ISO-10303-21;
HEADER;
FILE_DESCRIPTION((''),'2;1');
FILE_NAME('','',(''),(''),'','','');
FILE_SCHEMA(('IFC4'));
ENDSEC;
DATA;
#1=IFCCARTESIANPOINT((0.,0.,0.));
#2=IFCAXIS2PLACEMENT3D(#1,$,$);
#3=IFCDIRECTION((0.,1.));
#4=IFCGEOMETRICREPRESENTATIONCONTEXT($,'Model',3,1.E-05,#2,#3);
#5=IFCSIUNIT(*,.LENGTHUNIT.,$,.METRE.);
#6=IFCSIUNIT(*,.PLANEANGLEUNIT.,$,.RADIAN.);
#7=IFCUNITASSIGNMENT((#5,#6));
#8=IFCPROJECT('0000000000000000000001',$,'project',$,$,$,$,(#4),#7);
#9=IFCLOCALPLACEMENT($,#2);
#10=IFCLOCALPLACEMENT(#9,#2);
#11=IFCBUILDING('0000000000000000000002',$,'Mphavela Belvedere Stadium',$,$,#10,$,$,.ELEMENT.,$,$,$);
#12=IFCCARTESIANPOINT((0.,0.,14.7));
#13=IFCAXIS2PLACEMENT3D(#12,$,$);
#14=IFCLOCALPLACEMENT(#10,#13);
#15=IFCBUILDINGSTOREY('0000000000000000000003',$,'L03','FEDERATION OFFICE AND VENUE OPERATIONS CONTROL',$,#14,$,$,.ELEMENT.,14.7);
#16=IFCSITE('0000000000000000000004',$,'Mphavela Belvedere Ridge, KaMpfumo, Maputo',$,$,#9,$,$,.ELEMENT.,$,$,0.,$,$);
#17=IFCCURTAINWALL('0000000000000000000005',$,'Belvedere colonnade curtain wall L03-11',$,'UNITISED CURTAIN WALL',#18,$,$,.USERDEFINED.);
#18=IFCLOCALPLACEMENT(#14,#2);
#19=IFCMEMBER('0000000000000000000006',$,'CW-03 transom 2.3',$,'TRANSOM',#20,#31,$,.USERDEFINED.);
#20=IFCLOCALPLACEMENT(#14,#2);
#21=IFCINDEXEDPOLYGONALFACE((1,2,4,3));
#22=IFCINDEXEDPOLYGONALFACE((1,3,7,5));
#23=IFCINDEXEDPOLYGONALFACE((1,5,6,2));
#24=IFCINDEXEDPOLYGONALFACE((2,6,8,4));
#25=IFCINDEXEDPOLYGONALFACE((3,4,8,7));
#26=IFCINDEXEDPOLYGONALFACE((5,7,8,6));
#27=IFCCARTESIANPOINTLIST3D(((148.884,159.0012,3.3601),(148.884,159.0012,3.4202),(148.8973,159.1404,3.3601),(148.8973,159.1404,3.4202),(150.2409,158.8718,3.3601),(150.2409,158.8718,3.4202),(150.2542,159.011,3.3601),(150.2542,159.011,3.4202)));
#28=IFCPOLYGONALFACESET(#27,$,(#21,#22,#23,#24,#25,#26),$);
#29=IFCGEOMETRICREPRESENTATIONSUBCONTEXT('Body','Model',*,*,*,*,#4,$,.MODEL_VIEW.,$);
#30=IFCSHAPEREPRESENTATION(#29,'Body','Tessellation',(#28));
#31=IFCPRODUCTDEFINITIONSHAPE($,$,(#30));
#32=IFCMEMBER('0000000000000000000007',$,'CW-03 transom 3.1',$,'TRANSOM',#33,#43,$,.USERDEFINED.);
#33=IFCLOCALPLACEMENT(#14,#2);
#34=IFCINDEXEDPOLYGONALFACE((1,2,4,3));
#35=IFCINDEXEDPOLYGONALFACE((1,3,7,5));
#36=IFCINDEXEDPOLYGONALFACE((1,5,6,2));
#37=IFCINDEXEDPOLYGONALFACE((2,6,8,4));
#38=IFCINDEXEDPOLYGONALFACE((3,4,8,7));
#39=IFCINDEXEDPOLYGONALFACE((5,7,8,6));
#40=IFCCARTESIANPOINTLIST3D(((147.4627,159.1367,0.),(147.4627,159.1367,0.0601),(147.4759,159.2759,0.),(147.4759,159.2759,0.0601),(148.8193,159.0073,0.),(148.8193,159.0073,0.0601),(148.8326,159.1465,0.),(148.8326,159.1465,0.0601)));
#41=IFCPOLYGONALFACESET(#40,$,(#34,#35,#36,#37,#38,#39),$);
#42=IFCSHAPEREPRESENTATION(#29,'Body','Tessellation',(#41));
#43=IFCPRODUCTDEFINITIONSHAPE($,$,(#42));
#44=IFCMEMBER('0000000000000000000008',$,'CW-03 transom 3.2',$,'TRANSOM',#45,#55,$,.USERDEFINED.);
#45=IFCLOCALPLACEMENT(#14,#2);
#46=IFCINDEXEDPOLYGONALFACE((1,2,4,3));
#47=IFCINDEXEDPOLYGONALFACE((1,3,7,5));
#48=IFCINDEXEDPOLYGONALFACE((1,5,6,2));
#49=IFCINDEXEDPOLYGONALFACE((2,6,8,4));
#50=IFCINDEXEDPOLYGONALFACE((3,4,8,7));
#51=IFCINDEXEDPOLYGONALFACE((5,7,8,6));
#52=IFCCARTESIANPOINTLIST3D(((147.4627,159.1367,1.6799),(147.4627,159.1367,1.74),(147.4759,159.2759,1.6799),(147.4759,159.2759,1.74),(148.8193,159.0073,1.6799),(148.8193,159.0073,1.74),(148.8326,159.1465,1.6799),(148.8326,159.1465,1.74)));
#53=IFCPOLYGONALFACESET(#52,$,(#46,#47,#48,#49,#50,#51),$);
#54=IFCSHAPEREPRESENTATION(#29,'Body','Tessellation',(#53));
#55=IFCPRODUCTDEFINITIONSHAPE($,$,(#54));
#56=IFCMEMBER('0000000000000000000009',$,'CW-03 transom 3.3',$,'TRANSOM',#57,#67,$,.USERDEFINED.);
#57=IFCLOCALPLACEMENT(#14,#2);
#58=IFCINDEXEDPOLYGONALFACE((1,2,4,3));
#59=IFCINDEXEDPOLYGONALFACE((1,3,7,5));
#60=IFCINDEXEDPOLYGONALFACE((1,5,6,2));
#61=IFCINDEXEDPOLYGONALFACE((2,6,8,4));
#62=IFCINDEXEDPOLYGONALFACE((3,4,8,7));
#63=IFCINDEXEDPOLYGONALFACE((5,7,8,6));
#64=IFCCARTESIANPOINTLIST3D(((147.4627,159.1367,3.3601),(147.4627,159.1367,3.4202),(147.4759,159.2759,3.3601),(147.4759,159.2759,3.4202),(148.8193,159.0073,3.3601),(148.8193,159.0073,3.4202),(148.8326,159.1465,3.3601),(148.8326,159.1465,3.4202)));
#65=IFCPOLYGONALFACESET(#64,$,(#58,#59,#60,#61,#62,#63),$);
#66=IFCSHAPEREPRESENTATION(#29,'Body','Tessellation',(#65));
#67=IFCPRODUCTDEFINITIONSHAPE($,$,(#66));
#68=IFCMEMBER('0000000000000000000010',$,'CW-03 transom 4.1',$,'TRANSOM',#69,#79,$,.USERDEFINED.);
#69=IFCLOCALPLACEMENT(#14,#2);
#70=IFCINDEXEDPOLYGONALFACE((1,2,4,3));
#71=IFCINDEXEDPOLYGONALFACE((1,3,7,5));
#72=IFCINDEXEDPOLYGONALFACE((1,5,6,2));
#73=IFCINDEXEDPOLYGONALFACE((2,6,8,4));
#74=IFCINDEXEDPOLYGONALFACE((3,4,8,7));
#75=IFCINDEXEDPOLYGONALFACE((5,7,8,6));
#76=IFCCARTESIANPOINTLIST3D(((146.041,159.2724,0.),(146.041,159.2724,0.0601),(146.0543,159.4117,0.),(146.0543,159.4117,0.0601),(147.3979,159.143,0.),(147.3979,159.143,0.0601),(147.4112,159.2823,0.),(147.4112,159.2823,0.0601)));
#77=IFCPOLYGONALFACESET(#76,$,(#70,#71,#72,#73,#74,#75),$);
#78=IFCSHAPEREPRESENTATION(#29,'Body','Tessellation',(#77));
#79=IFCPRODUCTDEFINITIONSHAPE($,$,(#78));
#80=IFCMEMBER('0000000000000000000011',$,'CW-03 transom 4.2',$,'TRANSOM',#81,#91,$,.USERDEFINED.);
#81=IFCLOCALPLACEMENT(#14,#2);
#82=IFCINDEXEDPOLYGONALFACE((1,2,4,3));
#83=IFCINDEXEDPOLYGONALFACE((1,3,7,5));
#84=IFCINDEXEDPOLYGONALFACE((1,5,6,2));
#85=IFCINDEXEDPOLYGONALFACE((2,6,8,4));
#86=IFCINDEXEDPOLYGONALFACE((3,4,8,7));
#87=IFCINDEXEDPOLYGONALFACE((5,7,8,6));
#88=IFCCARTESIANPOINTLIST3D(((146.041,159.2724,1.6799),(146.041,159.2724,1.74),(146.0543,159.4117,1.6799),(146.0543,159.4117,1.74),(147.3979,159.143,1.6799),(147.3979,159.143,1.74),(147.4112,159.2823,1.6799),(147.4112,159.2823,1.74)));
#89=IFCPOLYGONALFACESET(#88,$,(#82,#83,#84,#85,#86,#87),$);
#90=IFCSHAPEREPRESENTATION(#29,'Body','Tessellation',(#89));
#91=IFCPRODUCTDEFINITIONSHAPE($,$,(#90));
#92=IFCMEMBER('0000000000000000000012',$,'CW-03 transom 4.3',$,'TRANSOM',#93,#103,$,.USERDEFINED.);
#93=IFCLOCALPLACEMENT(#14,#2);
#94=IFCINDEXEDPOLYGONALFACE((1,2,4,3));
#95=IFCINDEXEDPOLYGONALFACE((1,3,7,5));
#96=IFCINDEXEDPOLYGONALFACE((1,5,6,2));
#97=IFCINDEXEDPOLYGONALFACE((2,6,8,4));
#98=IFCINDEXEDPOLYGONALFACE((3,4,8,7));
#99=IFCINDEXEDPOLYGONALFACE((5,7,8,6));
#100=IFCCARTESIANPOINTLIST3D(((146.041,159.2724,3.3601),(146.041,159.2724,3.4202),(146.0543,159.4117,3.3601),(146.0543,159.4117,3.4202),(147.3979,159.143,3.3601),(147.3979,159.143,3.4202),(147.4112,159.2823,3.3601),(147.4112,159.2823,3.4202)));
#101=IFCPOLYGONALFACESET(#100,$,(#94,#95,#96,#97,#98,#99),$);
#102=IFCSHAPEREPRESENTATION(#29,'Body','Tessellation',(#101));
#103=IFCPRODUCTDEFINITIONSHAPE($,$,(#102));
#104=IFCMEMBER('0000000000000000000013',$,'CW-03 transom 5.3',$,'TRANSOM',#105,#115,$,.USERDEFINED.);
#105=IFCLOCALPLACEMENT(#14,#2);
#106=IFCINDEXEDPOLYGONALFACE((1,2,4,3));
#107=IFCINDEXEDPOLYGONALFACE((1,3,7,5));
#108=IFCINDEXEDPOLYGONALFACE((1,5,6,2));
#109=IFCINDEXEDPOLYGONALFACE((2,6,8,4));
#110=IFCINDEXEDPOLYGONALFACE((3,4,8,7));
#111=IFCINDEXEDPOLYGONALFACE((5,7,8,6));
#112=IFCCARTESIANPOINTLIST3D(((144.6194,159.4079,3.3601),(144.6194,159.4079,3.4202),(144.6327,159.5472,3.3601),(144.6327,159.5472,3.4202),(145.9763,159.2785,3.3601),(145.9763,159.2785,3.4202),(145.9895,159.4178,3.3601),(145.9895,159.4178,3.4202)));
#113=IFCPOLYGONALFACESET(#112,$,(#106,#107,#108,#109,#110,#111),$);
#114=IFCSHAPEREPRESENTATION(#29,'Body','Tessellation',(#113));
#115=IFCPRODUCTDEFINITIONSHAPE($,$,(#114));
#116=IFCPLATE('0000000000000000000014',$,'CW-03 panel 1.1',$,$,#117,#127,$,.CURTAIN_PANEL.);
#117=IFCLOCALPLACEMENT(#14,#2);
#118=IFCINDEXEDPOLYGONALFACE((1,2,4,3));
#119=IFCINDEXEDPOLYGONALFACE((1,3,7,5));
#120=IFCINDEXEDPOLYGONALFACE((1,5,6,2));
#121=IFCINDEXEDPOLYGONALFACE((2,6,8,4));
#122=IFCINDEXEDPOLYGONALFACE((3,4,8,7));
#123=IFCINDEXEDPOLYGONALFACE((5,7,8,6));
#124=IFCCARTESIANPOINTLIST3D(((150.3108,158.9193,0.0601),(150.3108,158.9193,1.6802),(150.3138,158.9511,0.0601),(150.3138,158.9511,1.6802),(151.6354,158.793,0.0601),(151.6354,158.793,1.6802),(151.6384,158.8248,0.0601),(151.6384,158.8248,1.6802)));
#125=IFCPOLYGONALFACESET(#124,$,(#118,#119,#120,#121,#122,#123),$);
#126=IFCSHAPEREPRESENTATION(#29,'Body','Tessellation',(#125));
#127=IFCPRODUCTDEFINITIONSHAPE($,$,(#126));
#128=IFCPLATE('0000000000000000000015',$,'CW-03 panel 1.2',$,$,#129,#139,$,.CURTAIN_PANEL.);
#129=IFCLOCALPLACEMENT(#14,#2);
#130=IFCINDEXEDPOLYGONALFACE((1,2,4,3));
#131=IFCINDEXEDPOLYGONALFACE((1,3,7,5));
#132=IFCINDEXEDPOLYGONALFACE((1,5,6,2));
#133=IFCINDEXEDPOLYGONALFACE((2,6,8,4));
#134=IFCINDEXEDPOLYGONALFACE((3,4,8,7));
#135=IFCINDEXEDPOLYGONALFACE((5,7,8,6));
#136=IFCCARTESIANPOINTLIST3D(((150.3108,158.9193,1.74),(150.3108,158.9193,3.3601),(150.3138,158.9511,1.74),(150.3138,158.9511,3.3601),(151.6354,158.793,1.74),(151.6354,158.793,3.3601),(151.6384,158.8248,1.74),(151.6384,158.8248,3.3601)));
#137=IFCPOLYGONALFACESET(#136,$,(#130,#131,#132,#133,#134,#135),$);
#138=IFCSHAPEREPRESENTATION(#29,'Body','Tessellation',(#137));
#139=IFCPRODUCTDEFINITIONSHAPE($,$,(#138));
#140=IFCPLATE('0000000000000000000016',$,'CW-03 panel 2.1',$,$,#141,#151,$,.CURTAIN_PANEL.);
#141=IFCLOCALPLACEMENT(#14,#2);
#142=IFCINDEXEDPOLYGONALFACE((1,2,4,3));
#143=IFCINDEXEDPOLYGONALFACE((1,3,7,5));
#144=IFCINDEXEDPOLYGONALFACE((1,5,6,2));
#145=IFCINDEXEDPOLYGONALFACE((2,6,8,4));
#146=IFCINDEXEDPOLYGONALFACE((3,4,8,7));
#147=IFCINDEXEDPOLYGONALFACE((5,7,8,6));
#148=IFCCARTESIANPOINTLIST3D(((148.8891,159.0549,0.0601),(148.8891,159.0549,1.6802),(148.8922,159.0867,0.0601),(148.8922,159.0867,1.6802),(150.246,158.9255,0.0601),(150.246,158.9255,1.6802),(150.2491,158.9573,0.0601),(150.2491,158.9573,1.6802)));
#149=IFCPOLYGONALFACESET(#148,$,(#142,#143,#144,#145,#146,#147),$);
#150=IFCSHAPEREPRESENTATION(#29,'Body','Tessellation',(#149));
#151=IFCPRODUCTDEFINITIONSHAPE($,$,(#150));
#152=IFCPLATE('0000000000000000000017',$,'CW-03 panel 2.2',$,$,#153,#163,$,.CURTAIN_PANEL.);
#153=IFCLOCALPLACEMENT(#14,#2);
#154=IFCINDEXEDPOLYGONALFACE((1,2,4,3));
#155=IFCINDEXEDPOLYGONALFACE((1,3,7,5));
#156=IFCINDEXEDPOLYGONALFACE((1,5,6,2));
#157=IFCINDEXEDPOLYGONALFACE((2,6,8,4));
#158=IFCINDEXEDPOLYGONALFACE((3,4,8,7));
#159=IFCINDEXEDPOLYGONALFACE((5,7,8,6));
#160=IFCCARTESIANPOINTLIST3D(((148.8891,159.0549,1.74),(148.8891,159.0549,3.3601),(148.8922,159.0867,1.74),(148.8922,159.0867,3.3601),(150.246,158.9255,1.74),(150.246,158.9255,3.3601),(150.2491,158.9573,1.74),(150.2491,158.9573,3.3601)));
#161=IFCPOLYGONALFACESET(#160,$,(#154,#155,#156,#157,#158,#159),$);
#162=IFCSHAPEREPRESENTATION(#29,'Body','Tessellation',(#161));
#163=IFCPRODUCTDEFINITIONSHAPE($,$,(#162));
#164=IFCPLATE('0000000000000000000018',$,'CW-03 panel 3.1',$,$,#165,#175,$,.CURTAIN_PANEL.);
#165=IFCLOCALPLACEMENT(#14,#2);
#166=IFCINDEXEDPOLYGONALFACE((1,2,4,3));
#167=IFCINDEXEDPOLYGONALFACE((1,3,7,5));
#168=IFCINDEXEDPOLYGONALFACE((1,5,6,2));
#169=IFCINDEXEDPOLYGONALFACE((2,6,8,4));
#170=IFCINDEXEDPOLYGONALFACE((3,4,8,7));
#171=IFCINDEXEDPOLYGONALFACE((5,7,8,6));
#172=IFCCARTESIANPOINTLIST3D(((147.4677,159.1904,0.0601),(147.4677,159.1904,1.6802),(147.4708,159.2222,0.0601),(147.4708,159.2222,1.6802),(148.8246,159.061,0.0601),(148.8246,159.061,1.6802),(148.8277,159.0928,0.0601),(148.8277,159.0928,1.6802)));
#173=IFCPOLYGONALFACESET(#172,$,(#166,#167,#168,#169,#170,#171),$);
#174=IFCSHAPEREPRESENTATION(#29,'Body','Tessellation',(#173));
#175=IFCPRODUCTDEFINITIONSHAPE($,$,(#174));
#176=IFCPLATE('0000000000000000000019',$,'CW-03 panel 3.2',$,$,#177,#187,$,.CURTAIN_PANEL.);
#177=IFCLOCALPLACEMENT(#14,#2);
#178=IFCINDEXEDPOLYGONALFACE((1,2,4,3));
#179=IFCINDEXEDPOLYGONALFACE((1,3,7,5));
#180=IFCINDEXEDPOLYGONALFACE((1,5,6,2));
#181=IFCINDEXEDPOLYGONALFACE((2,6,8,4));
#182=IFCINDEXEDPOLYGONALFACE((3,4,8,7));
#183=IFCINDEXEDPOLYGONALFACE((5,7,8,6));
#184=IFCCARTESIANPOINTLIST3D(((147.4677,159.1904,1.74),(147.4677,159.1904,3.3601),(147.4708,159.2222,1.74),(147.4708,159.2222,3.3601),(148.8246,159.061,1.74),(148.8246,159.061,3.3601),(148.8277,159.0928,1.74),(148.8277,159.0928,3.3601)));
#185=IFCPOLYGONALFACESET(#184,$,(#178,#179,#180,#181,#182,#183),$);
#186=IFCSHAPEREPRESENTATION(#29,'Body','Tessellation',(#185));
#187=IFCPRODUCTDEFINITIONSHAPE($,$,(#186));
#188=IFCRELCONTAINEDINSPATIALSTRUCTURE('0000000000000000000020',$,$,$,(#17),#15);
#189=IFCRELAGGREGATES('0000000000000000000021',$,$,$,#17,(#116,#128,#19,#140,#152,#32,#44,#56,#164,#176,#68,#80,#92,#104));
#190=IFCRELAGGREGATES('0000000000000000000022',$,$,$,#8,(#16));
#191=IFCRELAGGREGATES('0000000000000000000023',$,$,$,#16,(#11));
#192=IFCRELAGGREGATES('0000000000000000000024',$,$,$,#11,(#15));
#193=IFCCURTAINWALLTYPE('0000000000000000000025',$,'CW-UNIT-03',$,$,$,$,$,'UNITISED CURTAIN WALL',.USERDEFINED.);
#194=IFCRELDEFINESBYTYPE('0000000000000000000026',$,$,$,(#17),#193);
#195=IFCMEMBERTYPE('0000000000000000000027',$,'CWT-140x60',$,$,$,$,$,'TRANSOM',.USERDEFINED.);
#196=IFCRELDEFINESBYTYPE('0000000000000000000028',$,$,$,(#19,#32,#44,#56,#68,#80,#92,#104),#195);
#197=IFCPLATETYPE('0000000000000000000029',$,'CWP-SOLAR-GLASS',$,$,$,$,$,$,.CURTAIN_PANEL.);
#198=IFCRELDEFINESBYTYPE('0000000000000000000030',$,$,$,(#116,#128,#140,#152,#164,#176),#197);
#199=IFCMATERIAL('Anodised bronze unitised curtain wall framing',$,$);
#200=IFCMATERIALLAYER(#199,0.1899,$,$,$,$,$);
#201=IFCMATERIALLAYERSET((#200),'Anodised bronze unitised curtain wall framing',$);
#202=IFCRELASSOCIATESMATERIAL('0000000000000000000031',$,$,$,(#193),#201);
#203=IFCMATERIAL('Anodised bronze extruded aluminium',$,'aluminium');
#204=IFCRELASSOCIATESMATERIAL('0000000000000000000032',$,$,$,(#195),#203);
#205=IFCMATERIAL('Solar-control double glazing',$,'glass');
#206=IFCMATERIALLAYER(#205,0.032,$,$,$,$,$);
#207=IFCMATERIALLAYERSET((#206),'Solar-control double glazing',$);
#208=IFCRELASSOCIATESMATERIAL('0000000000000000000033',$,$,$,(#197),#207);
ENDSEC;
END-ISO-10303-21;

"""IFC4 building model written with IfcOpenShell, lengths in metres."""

from ifc_helpers import new_model, si_unit, direction, frame, origin, origin_2d, place, context, subcontext, project, spatial, rectangle, extrude, material, layer, layer_set, material_profile, profile_set, type_object, element, aggregate, save


model = new_model("IFC4")

# Units and contexts
model_context = context("Model", 3, precision=1e-05, world=origin(), true_north=direction((0.0, 1.0)))
body_context = subcontext(model_context, "Body", "Model", "MODEL_VIEW")
ifc_project = project(units=[si_unit("LENGTHUNIT", "METRE"), si_unit("PLANEANGLEUNIT", "RADIAN")], contexts=[model_context])

# Site, building, storey
site_placement = place(None, origin())
site = spatial("IfcSite", under=ifc_project, at=site_placement, Name="Mphavela Belvedere Ridge, KaMpfumo, Maputo", CompositionType="ELEMENT", RefElevation=0.0)
building_placement = place(site_placement, origin())
building = spatial("IfcBuilding", under=site, at=building_placement, Name="Mphavela Belvedere Stadium", CompositionType="ELEMENT")
storey_placement = place(building_placement, frame((0.0, 0.0, 14.7)))
storey = spatial("IfcBuildingStorey", under=building, at=storey_placement, Name="L03", Description="FEDERATION OFFICE AND VENUE OPERATIONS CONTROL", CompositionType="ELEMENT", Elevation=14.7)

# Curtain wall, members, plates
ifc_material_1 = material(Name="Anodised bronze unitised curtain wall framing")
ifc_layer_1 = layer(ifc_material_1, 0.1899)
ifc_layer_set_1 = layer_set([ifc_layer_1], Name="Anodised bronze unitised curtain wall framing")
curtain_wall_type = type_object("IfcCurtainWallType", Name="CW-UNIT-03", ElementType="UNITISED CURTAIN WALL", PredefinedType="USERDEFINED", material=ifc_layer_set_1)
curtain_wall_placement = place(storey_placement, origin())
curtain_wall = element("IfcCurtainWall", 1, at=curtain_wall_placement, inside=storey, type_object=curtain_wall_type, Name="Belvedere colonnade curtain wall L03-11", ObjectType="UNITISED CURTAIN WALL", PredefinedType="USERDEFINED")
ifc_material_2 = material(Name="Anodised bronze extruded aluminium", Category="aluminium")
ifc_material_profile_1 = material_profile(ifc_material_2, rectangle(XDim=0.1399, YDim=0.0601, at=origin_2d()), Name="CW-TRN 140x60")
ifc_profile_set_1 = profile_set([ifc_material_profile_1], Name="Anodised bronze extruded aluminium")
member_type_1 = type_object("IfcMemberType", Name="CWT-140x60", ElementType="TRANSOM", PredefinedType="USERDEFINED", material=ifc_profile_set_1)
member_1_placement = place(storey_placement, frame((150.2476, 158.9414, 3.3901), z_axis=(-0.995484, 0.094927, 0.0), x_axis=(-0.094927, -0.995484, 0.0)))
member_1 = element("IfcMember", 2, at=member_1_placement, type_object=member_type_1, Name="CW-03 transom 2.3", ObjectType="TRANSOM", PredefinedType="USERDEFINED", context=body_context, shape_type="SweptSolid", body=[
    extrude(rectangle(XDim=0.1399, YDim=0.0601, at=origin_2d()), origin(), (0.0, 0.0, 1.0), 1.363),
])
member_2_placement = place(storey_placement, frame((148.8259, 159.0769, 0.03), z_axis=(-0.995483, 0.094944, 0.0), x_axis=(-0.094944, -0.995483, 0.0)))
member_2 = element("IfcMember", 3, at=member_2_placement, type_object=member_type_1, Name="CW-03 transom 3.1", ObjectType="TRANSOM", PredefinedType="USERDEFINED", context=body_context, shape_type="SweptSolid", body=[
    extrude(rectangle(XDim=0.1399, YDim=0.0601, at=origin_2d()), origin(), (0.0, 0.0, 1.0), 1.3628),
])
member_3_placement = place(storey_placement, frame((148.8259, 159.0769, 1.71), z_axis=(-0.995483, 0.094944, 0.0), x_axis=(-0.094944, -0.995483, 0.0)))
member_3 = element("IfcMember", 4, at=member_3_placement, type_object=member_type_1, Name="CW-03 transom 3.2", ObjectType="TRANSOM", PredefinedType="USERDEFINED", context=body_context, shape_type="SweptSolid", body=[
    extrude(rectangle(XDim=0.1399, YDim=0.0601, at=origin_2d()), origin(), (0.0, 0.0, 1.0), 1.3628),
])
member_4_placement = place(storey_placement, frame((148.8259, 159.0769, 3.3901), z_axis=(-0.995483, 0.094944, 0.0), x_axis=(-0.094944, -0.995483, 0.0)))
member_4 = element("IfcMember", 5, at=member_4_placement, type_object=member_type_1, Name="CW-03 transom 3.3", ObjectType="TRANSOM", PredefinedType="USERDEFINED", context=body_context, shape_type="SweptSolid", body=[
    extrude(rectangle(XDim=0.1399, YDim=0.0601, at=origin_2d()), origin(), (0.0, 0.0, 1.0), 1.3628),
])
member_5_placement = place(storey_placement, frame((147.4045, 159.2126, 0.03), z_axis=(-0.995484, 0.094927, 0.0), x_axis=(-0.094927, -0.995484, 0.0)))
member_5 = element("IfcMember", 6, at=member_5_placement, type_object=member_type_1, Name="CW-03 transom 4.1", ObjectType="TRANSOM", PredefinedType="USERDEFINED", context=body_context, shape_type="SweptSolid", body=[
    extrude(rectangle(XDim=0.1399, YDim=0.0601, at=origin_2d()), origin(), (0.0, 0.0, 1.0), 1.363),
])
member_6_placement = place(storey_placement, frame((147.4045, 159.2126, 1.71), z_axis=(-0.995484, 0.094927, 0.0), x_axis=(-0.094927, -0.995484, 0.0)))
member_6 = element("IfcMember", 7, at=member_6_placement, type_object=member_type_1, Name="CW-03 transom 4.2", ObjectType="TRANSOM", PredefinedType="USERDEFINED", context=body_context, shape_type="SweptSolid", body=[
    extrude(rectangle(XDim=0.1399, YDim=0.0601, at=origin_2d()), origin(), (0.0, 0.0, 1.0), 1.363),
])
member_7_placement = place(storey_placement, frame((147.4045, 159.2126, 3.3901), z_axis=(-0.995484, 0.094927, 0.0), x_axis=(-0.094927, -0.995484, 0.0)))
member_7 = element("IfcMember", 8, at=member_7_placement, type_object=member_type_1, Name="CW-03 transom 4.3", ObjectType="TRANSOM", PredefinedType="USERDEFINED", context=body_context, shape_type="SweptSolid", body=[
    extrude(rectangle(XDim=0.1399, YDim=0.0601, at=origin_2d()), origin(), (0.0, 0.0, 1.0), 1.363),
])
member_8_placement = place(storey_placement, frame((145.9829, 159.3481, 3.3901), z_axis=(-0.995484, 0.094927, 0.0), x_axis=(-0.094927, -0.995484, 0.0)))
member_8 = element("IfcMember", 9, at=member_8_placement, type_object=member_type_1, Name="CW-03 transom 5.3", ObjectType="TRANSOM", PredefinedType="USERDEFINED", context=body_context, shape_type="SweptSolid", body=[
    extrude(rectangle(XDim=0.1399, YDim=0.0601, at=origin_2d()), origin(), (0.0, 0.0, 1.0), 1.363),
])
ifc_material_3 = material(Name="Solar-control double glazing", Category="glass")
ifc_layer_2 = layer(ifc_material_3, 0.032)
ifc_layer_set_2 = layer_set([ifc_layer_2], Name="Solar-control double glazing")
plate_type = type_object("IfcPlateType", Name="CWP-SOLAR-GLASS", PredefinedType="CURTAIN_PANEL", material=ifc_layer_set_2)
plate_1_placement = place(storey_placement, frame((150.9746, 158.8721, 0.0601), z_axis=(0.0, 0.0, 1.0), x_axis=(-0.995484, 0.094929, 0.0)))
plate_1 = element("IfcPlate", 10, at=plate_1_placement, type_object=plate_type, Name="CW-03 panel 1.1", PredefinedType="CURTAIN_PANEL", context=body_context, shape_type="SweptSolid", body=[
    extrude(rectangle(XDim=1.3306, YDim=0.032, at=origin_2d()), origin(), (0.0, 0.0, 1.0), 1.6201),
])
plate_2_placement = place(storey_placement, frame((150.9746, 158.8721, 1.74), z_axis=(0.0, 0.0, 1.0), x_axis=(-0.995484, 0.094929, 0.0)))
plate_2 = element("IfcPlate", 11, at=plate_2_placement, type_object=plate_type, Name="CW-03 panel 1.2", PredefinedType="CURTAIN_PANEL", context=body_context, shape_type="SweptSolid", body=[
    extrude(rectangle(XDim=1.3306, YDim=0.032, at=origin_2d()), origin(), (0.0, 0.0, 1.0), 1.6201),
])
plate_3_placement = place(storey_placement, frame((149.5691, 159.0061, 0.0601), z_axis=(0.0, 0.0, 1.0), x_axis=(-0.995484, 0.094929, 0.0)))
plate_3 = element("IfcPlate", 12, at=plate_3_placement, type_object=plate_type, Name="CW-03 panel 2.1", PredefinedType="CURTAIN_PANEL", context=body_context, shape_type="SweptSolid", body=[
    extrude(rectangle(XDim=1.363, YDim=0.032, at=origin_2d()), origin(), (0.0, 0.0, 1.0), 1.6201),
])
plate_4_placement = place(storey_placement, frame((149.5691, 159.0061, 1.74), z_axis=(0.0, 0.0, 1.0), x_axis=(-0.995484, 0.094929, 0.0)))
plate_4 = element("IfcPlate", 13, at=plate_4_placement, type_object=plate_type, Name="CW-03 panel 2.2", PredefinedType="CURTAIN_PANEL", context=body_context, shape_type="SweptSolid", body=[
    extrude(rectangle(XDim=1.363, YDim=0.032, at=origin_2d()), origin(), (0.0, 0.0, 1.0), 1.6201),
])
plate_5_placement = place(storey_placement, frame((148.1477, 159.1416, 0.0601), z_axis=(0.0, 0.0, 1.0), x_axis=(-0.995484, 0.094929, 0.0)))
plate_5 = element("IfcPlate", 14, at=plate_5_placement, type_object=plate_type, Name="CW-03 panel 3.1", PredefinedType="CURTAIN_PANEL", context=body_context, shape_type="SweptSolid", body=[
    extrude(rectangle(XDim=1.363, YDim=0.032, at=origin_2d()), origin(), (0.0, 0.0, 1.0), 1.6201),
])
plate_6_placement = place(storey_placement, frame((148.1477, 159.1416, 1.74), z_axis=(0.0, 0.0, 1.0), x_axis=(-0.995484, 0.094929, 0.0)))
plate_6 = element("IfcPlate", 15, at=plate_6_placement, type_object=plate_type, Name="CW-03 panel 3.2", PredefinedType="CURTAIN_PANEL", context=body_context, shape_type="SweptSolid", body=[
    extrude(rectangle(XDim=1.363, YDim=0.032, at=origin_2d()), origin(), (0.0, 0.0, 1.0), 1.6201),
])
aggregate(curtain_wall, [plate_1, plate_2, member_1, plate_3, plate_4, member_2, member_3, member_4, plate_5, plate_6, member_5, member_6, member_7, member_8])

save(model, "model.ifc")
